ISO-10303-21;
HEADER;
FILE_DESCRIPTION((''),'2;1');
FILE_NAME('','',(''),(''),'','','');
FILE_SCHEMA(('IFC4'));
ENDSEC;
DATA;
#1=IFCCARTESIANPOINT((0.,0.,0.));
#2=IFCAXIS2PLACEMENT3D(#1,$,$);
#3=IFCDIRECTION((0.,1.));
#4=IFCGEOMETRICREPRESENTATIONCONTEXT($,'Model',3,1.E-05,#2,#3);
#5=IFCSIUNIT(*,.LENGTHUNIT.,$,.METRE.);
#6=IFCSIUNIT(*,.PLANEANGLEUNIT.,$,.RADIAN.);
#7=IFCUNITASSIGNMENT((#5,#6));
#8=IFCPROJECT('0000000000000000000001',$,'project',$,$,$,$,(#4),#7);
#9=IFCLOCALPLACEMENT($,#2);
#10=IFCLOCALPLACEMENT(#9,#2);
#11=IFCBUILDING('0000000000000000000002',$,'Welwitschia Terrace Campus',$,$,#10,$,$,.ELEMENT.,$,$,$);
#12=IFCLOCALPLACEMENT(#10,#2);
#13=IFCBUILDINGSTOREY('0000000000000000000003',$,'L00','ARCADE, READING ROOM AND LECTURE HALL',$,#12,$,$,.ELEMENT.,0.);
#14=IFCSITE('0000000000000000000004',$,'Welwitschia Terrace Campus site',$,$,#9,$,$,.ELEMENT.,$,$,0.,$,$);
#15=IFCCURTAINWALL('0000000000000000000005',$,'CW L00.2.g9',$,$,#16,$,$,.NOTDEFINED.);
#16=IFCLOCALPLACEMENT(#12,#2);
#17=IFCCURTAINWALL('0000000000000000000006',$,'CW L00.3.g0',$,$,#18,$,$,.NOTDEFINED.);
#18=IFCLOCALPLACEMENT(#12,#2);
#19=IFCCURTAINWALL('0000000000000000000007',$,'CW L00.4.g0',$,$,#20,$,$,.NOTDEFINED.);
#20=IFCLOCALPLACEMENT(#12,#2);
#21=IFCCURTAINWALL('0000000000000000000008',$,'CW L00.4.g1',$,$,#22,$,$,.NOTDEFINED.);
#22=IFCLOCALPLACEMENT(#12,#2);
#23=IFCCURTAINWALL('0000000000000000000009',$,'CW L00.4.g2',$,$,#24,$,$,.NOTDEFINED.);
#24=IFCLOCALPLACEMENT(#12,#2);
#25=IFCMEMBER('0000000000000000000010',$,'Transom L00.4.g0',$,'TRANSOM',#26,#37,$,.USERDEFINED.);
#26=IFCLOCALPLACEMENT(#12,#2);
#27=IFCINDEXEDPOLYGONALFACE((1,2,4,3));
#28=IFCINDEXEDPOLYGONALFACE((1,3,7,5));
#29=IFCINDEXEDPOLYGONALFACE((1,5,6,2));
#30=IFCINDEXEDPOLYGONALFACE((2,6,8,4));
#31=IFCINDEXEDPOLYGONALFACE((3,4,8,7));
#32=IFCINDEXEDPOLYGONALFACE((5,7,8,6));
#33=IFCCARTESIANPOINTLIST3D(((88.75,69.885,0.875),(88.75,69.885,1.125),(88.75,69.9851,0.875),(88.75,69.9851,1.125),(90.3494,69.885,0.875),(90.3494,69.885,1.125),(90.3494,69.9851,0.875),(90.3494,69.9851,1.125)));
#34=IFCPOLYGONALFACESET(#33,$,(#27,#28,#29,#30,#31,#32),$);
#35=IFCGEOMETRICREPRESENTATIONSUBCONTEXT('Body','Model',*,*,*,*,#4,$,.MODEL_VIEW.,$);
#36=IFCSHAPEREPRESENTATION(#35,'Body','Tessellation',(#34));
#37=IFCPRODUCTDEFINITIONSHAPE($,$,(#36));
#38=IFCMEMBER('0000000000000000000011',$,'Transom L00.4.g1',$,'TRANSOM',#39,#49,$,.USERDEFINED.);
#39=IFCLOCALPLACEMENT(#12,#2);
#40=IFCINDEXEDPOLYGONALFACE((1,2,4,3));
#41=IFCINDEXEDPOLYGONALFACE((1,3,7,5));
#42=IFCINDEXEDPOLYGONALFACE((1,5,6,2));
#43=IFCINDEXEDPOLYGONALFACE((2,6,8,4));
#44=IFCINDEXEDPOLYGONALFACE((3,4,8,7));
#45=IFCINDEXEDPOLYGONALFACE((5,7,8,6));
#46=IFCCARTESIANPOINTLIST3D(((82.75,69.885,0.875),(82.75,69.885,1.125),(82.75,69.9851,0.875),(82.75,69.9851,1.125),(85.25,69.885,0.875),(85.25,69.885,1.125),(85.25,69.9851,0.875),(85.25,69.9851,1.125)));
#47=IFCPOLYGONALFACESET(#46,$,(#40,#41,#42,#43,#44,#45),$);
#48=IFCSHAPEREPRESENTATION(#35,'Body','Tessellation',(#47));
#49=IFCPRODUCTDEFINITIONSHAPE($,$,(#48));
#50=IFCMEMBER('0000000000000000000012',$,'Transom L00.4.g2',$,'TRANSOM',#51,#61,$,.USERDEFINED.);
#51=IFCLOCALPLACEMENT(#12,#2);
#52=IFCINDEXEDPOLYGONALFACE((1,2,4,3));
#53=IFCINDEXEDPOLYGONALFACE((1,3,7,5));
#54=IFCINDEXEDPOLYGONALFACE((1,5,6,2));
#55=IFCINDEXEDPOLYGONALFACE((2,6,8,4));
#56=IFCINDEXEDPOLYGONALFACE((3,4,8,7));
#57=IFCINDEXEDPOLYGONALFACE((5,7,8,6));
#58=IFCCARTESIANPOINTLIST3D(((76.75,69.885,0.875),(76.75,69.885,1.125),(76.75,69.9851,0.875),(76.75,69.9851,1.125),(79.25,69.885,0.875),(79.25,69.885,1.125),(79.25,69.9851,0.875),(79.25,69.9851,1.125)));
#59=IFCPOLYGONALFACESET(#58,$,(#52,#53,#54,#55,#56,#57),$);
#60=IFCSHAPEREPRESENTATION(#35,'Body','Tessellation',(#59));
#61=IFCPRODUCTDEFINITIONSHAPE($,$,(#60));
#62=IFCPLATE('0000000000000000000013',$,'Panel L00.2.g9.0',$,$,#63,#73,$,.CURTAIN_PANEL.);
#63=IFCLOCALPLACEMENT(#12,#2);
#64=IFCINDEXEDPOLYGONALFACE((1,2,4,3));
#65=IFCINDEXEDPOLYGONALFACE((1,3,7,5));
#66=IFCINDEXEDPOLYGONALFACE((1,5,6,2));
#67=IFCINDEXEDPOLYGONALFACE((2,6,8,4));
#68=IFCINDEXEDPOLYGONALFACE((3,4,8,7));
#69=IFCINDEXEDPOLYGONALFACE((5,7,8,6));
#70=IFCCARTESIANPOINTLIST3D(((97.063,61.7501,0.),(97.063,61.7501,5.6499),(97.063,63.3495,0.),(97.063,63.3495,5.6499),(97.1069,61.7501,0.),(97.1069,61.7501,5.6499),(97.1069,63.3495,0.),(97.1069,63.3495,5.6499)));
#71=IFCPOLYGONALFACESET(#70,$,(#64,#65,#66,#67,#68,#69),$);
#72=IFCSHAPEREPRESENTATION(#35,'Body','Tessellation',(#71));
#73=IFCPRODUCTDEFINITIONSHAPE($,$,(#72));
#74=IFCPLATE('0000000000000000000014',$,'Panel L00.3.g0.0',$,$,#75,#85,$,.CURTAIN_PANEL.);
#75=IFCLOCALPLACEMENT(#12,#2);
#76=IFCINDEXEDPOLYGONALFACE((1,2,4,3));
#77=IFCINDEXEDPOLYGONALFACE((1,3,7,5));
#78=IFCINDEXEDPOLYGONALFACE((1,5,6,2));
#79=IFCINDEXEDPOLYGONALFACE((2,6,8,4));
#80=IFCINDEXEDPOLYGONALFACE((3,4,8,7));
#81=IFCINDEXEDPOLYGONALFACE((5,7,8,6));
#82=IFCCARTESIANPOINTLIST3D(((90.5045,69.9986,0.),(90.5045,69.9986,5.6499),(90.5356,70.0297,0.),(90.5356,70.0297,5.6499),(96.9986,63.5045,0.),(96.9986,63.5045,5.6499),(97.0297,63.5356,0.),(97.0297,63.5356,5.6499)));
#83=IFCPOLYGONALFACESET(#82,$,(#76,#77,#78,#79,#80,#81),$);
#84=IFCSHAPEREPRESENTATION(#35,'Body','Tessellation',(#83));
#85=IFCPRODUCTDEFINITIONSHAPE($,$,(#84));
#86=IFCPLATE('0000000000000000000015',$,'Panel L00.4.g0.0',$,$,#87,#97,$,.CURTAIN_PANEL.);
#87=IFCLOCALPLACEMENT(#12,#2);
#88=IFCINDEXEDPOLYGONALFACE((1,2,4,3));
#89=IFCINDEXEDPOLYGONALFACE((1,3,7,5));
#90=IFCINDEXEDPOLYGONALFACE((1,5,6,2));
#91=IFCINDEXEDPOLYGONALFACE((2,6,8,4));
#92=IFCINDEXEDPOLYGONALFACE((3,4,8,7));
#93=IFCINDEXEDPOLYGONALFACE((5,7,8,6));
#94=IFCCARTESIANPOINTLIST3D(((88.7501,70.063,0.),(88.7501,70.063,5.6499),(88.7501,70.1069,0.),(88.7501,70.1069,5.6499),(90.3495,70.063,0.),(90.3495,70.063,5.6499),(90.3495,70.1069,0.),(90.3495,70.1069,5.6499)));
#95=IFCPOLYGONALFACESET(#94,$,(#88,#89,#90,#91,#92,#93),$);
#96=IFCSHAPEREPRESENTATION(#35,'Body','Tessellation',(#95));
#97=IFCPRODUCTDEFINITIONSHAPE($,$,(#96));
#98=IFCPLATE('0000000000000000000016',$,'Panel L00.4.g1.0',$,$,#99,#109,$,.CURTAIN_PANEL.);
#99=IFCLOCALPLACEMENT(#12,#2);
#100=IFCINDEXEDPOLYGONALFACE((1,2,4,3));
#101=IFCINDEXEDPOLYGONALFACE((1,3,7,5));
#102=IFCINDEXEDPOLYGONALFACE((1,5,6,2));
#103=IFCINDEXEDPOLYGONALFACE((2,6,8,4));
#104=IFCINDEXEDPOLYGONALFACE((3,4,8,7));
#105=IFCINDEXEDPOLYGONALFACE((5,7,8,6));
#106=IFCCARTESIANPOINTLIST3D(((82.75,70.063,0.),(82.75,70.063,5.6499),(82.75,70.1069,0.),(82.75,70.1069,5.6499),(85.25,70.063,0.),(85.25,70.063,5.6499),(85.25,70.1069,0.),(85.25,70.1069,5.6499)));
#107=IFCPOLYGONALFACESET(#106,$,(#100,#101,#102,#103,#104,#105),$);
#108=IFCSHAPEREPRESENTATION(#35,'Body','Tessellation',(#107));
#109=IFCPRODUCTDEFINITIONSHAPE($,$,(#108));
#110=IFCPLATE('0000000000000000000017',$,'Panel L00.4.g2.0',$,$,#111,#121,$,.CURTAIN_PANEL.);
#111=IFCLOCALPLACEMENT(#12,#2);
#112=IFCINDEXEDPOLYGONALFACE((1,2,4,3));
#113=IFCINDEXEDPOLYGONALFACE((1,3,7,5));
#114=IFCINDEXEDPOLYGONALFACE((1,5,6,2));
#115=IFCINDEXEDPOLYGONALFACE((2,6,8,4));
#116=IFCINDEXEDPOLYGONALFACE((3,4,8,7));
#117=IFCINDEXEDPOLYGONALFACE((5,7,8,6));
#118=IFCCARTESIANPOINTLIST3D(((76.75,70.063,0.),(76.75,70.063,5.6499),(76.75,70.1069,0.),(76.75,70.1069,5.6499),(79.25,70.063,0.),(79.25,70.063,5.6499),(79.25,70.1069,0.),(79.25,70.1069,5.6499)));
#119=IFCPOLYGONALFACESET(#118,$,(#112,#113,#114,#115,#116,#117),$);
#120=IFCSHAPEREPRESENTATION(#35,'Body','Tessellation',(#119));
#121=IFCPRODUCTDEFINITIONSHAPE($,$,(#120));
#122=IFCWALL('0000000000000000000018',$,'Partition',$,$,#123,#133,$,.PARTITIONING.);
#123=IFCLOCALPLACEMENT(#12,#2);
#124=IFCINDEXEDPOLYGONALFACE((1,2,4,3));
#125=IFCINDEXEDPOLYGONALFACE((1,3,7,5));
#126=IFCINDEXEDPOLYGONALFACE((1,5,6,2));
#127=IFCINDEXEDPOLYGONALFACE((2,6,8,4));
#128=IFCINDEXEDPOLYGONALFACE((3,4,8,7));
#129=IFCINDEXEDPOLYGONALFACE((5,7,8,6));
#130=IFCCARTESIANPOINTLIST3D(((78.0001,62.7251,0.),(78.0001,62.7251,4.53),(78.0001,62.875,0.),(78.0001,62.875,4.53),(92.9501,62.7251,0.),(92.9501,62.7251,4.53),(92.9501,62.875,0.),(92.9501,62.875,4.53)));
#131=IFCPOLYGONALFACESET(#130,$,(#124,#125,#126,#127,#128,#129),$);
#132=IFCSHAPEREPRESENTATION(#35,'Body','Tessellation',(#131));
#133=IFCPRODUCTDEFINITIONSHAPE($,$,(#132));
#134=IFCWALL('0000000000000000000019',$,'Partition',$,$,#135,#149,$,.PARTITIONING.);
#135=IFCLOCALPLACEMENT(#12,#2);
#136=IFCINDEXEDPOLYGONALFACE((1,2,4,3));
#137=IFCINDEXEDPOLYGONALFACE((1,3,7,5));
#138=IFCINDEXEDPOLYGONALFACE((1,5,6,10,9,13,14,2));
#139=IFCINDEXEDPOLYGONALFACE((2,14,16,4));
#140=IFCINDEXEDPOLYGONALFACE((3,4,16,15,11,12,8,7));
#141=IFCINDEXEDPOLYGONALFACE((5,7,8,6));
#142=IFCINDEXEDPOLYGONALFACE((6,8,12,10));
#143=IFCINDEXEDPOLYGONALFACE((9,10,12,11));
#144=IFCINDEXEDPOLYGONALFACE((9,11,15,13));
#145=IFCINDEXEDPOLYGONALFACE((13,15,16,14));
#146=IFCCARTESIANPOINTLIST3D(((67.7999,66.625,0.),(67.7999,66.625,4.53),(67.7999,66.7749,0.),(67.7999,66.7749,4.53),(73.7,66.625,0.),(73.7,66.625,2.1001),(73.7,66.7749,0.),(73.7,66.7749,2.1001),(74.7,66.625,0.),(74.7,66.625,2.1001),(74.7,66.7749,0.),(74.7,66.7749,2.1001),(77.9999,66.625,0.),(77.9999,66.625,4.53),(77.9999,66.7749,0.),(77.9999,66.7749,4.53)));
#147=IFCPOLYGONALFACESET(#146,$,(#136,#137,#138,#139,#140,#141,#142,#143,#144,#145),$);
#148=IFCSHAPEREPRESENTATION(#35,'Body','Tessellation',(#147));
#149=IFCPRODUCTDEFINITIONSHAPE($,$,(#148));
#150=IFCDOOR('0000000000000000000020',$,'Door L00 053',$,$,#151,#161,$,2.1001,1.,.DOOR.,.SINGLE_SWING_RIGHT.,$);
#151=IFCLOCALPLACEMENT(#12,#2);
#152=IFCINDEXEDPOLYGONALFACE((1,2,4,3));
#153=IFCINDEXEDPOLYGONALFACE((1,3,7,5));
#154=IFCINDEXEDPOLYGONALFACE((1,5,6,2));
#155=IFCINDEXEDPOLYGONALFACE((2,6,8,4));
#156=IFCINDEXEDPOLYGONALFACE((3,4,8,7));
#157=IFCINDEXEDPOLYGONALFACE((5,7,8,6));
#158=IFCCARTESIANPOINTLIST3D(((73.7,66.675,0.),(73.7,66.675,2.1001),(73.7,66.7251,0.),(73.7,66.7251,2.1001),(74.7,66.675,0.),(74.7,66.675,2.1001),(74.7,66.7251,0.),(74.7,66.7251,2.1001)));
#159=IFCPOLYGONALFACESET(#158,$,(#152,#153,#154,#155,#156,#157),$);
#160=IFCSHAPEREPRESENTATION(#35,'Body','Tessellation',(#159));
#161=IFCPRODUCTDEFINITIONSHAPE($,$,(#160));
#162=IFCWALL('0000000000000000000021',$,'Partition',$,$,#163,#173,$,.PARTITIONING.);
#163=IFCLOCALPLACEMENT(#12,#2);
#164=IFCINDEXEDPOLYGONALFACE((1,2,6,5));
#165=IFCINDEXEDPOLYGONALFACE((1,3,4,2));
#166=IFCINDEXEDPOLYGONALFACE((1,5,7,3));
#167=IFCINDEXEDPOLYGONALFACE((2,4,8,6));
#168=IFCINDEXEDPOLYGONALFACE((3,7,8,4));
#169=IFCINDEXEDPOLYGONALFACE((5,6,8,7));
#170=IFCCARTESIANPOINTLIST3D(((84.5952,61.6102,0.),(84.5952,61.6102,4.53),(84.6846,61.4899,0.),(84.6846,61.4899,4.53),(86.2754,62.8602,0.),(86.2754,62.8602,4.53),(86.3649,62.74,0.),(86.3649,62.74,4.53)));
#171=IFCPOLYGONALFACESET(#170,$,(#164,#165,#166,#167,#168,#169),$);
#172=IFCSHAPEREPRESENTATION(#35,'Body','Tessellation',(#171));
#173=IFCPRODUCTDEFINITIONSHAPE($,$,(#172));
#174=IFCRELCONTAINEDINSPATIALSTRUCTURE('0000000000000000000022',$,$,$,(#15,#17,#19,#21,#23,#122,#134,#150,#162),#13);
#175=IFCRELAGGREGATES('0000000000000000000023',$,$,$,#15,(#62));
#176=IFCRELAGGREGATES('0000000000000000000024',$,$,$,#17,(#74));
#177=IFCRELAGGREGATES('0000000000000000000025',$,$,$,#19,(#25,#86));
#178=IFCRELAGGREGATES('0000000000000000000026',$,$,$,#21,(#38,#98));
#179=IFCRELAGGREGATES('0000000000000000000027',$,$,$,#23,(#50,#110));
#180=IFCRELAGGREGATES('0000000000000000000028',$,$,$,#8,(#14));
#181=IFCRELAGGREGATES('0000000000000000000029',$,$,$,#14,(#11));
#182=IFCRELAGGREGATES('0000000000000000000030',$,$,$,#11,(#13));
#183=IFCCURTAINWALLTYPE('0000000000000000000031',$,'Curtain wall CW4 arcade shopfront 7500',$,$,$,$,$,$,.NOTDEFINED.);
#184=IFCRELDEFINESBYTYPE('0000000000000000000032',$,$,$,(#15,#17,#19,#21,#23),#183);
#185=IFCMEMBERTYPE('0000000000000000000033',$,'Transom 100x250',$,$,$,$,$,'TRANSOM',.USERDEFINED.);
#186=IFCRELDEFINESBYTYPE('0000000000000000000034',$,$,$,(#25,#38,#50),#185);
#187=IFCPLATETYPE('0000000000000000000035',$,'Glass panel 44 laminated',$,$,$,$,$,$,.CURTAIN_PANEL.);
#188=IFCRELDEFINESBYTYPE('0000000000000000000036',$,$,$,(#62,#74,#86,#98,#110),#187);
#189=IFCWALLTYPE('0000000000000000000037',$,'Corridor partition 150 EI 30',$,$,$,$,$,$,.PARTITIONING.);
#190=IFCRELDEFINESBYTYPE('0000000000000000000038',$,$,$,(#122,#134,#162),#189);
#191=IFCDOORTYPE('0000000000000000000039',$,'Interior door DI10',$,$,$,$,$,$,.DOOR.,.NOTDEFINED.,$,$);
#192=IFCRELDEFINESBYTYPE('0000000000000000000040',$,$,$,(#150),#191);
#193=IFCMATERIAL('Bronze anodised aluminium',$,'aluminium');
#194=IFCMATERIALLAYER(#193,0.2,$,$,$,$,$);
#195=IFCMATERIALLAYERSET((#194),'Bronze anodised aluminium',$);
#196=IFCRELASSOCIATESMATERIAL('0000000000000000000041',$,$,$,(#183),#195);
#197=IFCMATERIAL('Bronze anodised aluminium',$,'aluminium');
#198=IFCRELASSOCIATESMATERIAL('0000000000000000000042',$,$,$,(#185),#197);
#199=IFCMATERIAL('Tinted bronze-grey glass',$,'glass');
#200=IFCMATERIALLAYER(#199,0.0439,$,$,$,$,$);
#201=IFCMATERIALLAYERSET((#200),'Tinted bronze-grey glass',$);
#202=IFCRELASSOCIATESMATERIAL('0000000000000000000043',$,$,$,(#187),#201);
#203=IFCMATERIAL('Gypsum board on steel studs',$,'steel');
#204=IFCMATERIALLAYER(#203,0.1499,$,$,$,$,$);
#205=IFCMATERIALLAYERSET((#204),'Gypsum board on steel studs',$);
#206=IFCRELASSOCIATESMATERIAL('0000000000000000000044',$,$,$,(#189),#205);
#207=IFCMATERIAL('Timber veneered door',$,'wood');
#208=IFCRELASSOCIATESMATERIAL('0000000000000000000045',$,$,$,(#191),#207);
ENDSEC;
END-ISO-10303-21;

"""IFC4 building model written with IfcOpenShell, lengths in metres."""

from ifc_helpers import new_model, si_unit, direction, frame, frame_2d, origin, origin_2d, place, context, subcontext, project, spatial, rectangle, extrude, material, layer, layer_set, material_profile, profile_set, type_object, element, fill, aggregate, save


model = new_model("IFC4")

# Units and contexts
model_context = context("Model", 3, precision=1e-05, world=origin(), true_north=direction((0.0, 1.0)))
body_context = subcontext(model_context, "Body", "Model", "MODEL_VIEW")
ifc_project = project(units=[si_unit("LENGTHUNIT", "METRE"), si_unit("PLANEANGLEUNIT", "RADIAN")], contexts=[model_context])

# Site, building, storey
site_placement = place(None, origin())
site = spatial("IfcSite", under=ifc_project, at=site_placement, Name="Welwitschia Terrace Campus site", CompositionType="ELEMENT", RefElevation=0.0)
building_placement = place(site_placement, origin())
building = spatial("IfcBuilding", under=site, at=building_placement, Name="Welwitschia Terrace Campus", CompositionType="ELEMENT")
storey_placement = place(building_placement, origin())
storey = spatial("IfcBuildingStorey", under=building, at=storey_placement, Name="L00", Description="ARCADE, READING ROOM AND LECTURE HALL", CompositionType="ELEMENT", Elevation=0.0)

# Curtain walls
ifc_material_1 = material(Name="Bronze anodised aluminium", Category="aluminium")
ifc_layer_1 = layer(ifc_material_1, 0.2)
ifc_layer_set_1 = layer_set([ifc_layer_1], Name="Bronze anodised aluminium")
curtain_wall_type = type_object("IfcCurtainWallType", Name="Curtain wall CW4 arcade shopfront 7500", PredefinedType="NOTDEFINED", material=ifc_layer_set_1)
curtain_wall_1_placement = place(storey_placement, origin())
curtain_wall_1 = element("IfcCurtainWall", 1, at=curtain_wall_1_placement, inside=storey, type_object=curtain_wall_type, Name="CW L00.2.g9", PredefinedType="NOTDEFINED")
curtain_wall_2_placement = place(storey_placement, origin())
curtain_wall_2 = element("IfcCurtainWall", 2, at=curtain_wall_2_placement, inside=storey, type_object=curtain_wall_type, Name="CW L00.3.g0", PredefinedType="NOTDEFINED")
curtain_wall_3_placement = place(storey_placement, origin())
curtain_wall_3 = element("IfcCurtainWall", 3, at=curtain_wall_3_placement, inside=storey, type_object=curtain_wall_type, Name="CW L00.4.g0", PredefinedType="NOTDEFINED")
curtain_wall_4_placement = place(storey_placement, origin())
curtain_wall_4 = element("IfcCurtainWall", 4, at=curtain_wall_4_placement, inside=storey, type_object=curtain_wall_type, Name="CW L00.4.g1", PredefinedType="NOTDEFINED")

# Curtain wall
curtain_wall_5_placement = place(storey_placement, origin())
curtain_wall_5 = element("IfcCurtainWall", 5, at=curtain_wall_5_placement, inside=storey, type_object=curtain_wall_type, Name="CW L00.4.g2", PredefinedType="NOTDEFINED")

# Members
ifc_material_2 = material(Name="Bronze anodised aluminium", Category="aluminium")
ifc_material_profile_1 = material_profile(ifc_material_2, rectangle(XDim=0.1001, YDim=0.25, at=origin_2d()))
ifc_profile_set_1 = profile_set([ifc_material_profile_1], Name="Bronze anodised aluminium")
member_type_1 = type_object("IfcMemberType", Name="Transom 100x250", ElementType="TRANSOM", PredefinedType="USERDEFINED", material=ifc_profile_set_1)
member_1_placement = place(storey_placement, frame((90.3494, 69.9351, 1.0), z_axis=(-1.0, 0.0, 0.0), x_axis=(0.0, -1.0, 0.0)))
member_1 = element("IfcMember", 6, at=member_1_placement, type_object=member_type_1, Name="Transom L00.4.g0", ObjectType="TRANSOM", PredefinedType="USERDEFINED", context=body_context, shape_type="SweptSolid", body=[
    extrude(rectangle(XDim=0.1001, YDim=0.25, at=origin_2d()), origin(), (0.0, 0.0, 1.0), 1.5994),
])
member_2_placement = place(storey_placement, frame((85.25, 69.9351, 1.0), z_axis=(-1.0, 0.0, 0.0), x_axis=(0.0, -1.0, 0.0)))
member_2 = element("IfcMember", 7, at=member_2_placement, type_object=member_type_1, Name="Transom L00.4.g1", ObjectType="TRANSOM", PredefinedType="USERDEFINED", context=body_context, shape_type="SweptSolid", body=[
    extrude(rectangle(XDim=0.1001, YDim=0.25, at=origin_2d()), origin(), (0.0, 0.0, 1.0), 2.5),
])
member_3_placement = place(storey_placement, frame((79.25, 69.9351, 1.0), z_axis=(-1.0, 0.0, 0.0), x_axis=(0.0, -1.0, 0.0)))
member_3 = element("IfcMember", 8, at=member_3_placement, type_object=member_type_1, Name="Transom L00.4.g2", ObjectType="TRANSOM", PredefinedType="USERDEFINED", context=body_context, shape_type="SweptSolid", body=[
    extrude(rectangle(XDim=0.1001, YDim=0.25, at=origin_2d()), origin(), (0.0, 0.0, 1.0), 2.5),
])

# Plates
ifc_material_3 = material(Name="Tinted bronze-grey glass", Category="glass")
ifc_layer_2 = layer(ifc_material_3, 0.0439)
ifc_layer_set_2 = layer_set([ifc_layer_2], Name="Tinted bronze-grey glass")
plate_type = type_object("IfcPlateType", Name="Glass panel 44 laminated", PredefinedType="CURTAIN_PANEL", material=ifc_layer_set_2)
plate_1_placement = place(storey_placement, frame((97.085, 62.5498, 0.0), z_axis=(0.0, 0.0, 1.0), x_axis=(0.0, 1.0, 0.0)))
plate_1 = element("IfcPlate", 9, at=plate_1_placement, type_object=plate_type, Name="Panel L00.2.g9.0", PredefinedType="CURTAIN_PANEL", context=body_context, shape_type="SweptSolid", body=[
    extrude(rectangle(XDim=1.5994, YDim=0.0439, at=origin_2d()), origin(), (0.0, 0.0, 1.0), 5.6499),
])
aggregate(curtain_wall_1, [plate_1])
plate_2_placement = place(storey_placement, frame((93.7671, 66.7671, 0.0), z_axis=(0.0, 0.0, 1.0), x_axis=(-0.707107, 0.707107, 0.0)))
plate_2 = element("IfcPlate", 10, at=plate_2_placement, type_object=plate_type, Name="Panel L00.3.g0.0", PredefinedType="CURTAIN_PANEL", context=body_context, shape_type="SweptSolid", body=[
    extrude(rectangle(XDim=9.1841, YDim=0.0439, at=origin_2d()), origin(), (0.0, 0.0, 1.0), 5.6499),
])
aggregate(curtain_wall_2, [plate_2])
plate_3_placement = place(storey_placement, frame((89.5498, 70.085, 0.0), z_axis=(0.0, 0.0, 1.0), x_axis=(-1.0, 0.0, 0.0)))
plate_3 = element("IfcPlate", 11, at=plate_3_placement, type_object=plate_type, Name="Panel L00.4.g0.0", PredefinedType="CURTAIN_PANEL", context=body_context, shape_type="SweptSolid", body=[
    extrude(rectangle(XDim=1.5994, YDim=0.0439, at=origin_2d()), origin(), (0.0, 0.0, 1.0), 5.6499),
])
aggregate(curtain_wall_3, [member_1, plate_3])
plate_4_placement = place(storey_placement, frame((84.0, 70.085, 0.0), z_axis=(0.0, 0.0, 1.0), x_axis=(-1.0, 0.0, 0.0)))
plate_4 = element("IfcPlate", 12, at=plate_4_placement, type_object=plate_type, Name="Panel L00.4.g1.0", PredefinedType="CURTAIN_PANEL", context=body_context, shape_type="SweptSolid", body=[
    extrude(rectangle(XDim=2.5, YDim=0.0439, at=origin_2d()), origin(), (0.0, 0.0, 1.0), 5.6499),
])
aggregate(curtain_wall_4, [member_2, plate_4])
plate_5_placement = place(storey_placement, frame((78.0, 70.085, 0.0), z_axis=(0.0, 0.0, 1.0), x_axis=(-1.0, 0.0, 0.0)))
plate_5 = element("IfcPlate", 13, at=plate_5_placement, type_object=plate_type, Name="Panel L00.4.g2.0", PredefinedType="CURTAIN_PANEL", context=body_context, shape_type="SweptSolid", body=[
    extrude(rectangle(XDim=2.5, YDim=0.0439, at=origin_2d()), origin(), (0.0, 0.0, 1.0), 5.6499),
])
aggregate(curtain_wall_5, [member_3, plate_5])

# Wall
ifc_material_4 = material(Name="Gypsum board on steel studs", Category="steel")
ifc_layer_3 = layer(ifc_material_4, 0.1499)
ifc_layer_set_3 = layer_set([ifc_layer_3], Name="Gypsum board on steel studs")
wall_type_1 = type_object("IfcWallType", Name="Corridor partition 150 EI 30", PredefinedType="PARTITIONING", material=ifc_layer_set_3)
wall_1_placement = place(storey_placement, frame((78.0, 62.8, 0.0), z_axis=(0.0, 0.0, 1.0), x_axis=(1.0, 0.0, 0.0)))
element("IfcWall", 14, at=wall_1_placement, inside=storey, type_object=wall_type_1, Name="Partition", PredefinedType="PARTITIONING", context=body_context, shape_type="SweptSolid", body=[
    extrude(rectangle(XDim=14.95, YDim=0.1499, at=frame_2d((7.4751, 0.0))), origin(), (0.0, 0.0, 1.0), 4.53),
])

# Wall, opening, door
wall_2_placement = place(storey_placement, frame((78.0, 66.7, 0.0), z_axis=(0.0, 0.0, 1.0), x_axis=(-1.0, 0.0, 0.0)))
wall_2 = element("IfcWall", 15, at=wall_2_placement, inside=storey, type_object=wall_type_1, Name="Partition", PredefinedType="PARTITIONING", context=body_context, shape_type="SweptSolid", body=[
    extrude(rectangle(XDim=10.2, YDim=0.1499, at=frame_2d((5.1001, 0.0))), origin(), (0.0, 0.0, 1.0), 4.53),
])
opening_1_placement = place(wall_2_placement, frame((3.3, 0.0, 0.0)))
opening_1 = element("IfcOpeningElement", 16, at=opening_1_placement, cuts=wall_2, PredefinedType="OPENING", context=body_context, shape_type="SweptSolid", body=[
    extrude(rectangle(XDim=1.0, YDim=2.1001, at=frame_2d((0.5, 1.05))), frame((0.0, 0.085, 0.0), z_axis=(0.0, -1.0, 0.0), x_axis=(1.0, 0.0, 0.0)), (0.0, 0.0, 1.0), 0.1699),
])
ifc_material_5 = material(Name="Timber veneered door", Category="wood")
door_type_1 = type_object("IfcDoorType", Name="Interior door DI10", OperationType="NOTDEFINED", PredefinedType="DOOR", material=ifc_material_5)
door_1_placement = place(opening_1_placement, origin())
door_1 = element("IfcDoor", 17, at=door_1_placement, inside=storey, type_object=door_type_1, Name="Door L00 053", OperationType="SINGLE_SWING_RIGHT", OverallHeight=2.1001, OverallWidth=1.0, PredefinedType="DOOR", context=body_context, shape_type="SweptSolid", body=[
    extrude(rectangle(XDim=1.0, YDim=2.1001, at=frame_2d((0.5, 1.05))), frame((0.0, 0.0249, 0.0), z_axis=(0.0, -1.0, 0.0), x_axis=(1.0, 0.0, 0.0)), (0.0, 0.0, 1.0), 0.05),
])
fill(opening_1, door_1)

# Wall
wall_3_placement = place(storey_placement, frame((84.6399, 61.55, 0.0), z_axis=(0.0, 0.0, 1.0), x_axis=(0.802316, 0.596899, 0.0)))
element("IfcWall", 18, at=wall_3_placement, inside=storey, type_object=wall_type_1, Name="Partition", PredefinedType="PARTITIONING", context=body_context, shape_type="SweptSolid", body=[
    extrude(rectangle(XDim=2.0942, YDim=0.1499, at=frame_2d((1.0471, 0.0))), origin(), (0.0, 0.0, 1.0), 4.53),
])

save(model, "model.ifc")
